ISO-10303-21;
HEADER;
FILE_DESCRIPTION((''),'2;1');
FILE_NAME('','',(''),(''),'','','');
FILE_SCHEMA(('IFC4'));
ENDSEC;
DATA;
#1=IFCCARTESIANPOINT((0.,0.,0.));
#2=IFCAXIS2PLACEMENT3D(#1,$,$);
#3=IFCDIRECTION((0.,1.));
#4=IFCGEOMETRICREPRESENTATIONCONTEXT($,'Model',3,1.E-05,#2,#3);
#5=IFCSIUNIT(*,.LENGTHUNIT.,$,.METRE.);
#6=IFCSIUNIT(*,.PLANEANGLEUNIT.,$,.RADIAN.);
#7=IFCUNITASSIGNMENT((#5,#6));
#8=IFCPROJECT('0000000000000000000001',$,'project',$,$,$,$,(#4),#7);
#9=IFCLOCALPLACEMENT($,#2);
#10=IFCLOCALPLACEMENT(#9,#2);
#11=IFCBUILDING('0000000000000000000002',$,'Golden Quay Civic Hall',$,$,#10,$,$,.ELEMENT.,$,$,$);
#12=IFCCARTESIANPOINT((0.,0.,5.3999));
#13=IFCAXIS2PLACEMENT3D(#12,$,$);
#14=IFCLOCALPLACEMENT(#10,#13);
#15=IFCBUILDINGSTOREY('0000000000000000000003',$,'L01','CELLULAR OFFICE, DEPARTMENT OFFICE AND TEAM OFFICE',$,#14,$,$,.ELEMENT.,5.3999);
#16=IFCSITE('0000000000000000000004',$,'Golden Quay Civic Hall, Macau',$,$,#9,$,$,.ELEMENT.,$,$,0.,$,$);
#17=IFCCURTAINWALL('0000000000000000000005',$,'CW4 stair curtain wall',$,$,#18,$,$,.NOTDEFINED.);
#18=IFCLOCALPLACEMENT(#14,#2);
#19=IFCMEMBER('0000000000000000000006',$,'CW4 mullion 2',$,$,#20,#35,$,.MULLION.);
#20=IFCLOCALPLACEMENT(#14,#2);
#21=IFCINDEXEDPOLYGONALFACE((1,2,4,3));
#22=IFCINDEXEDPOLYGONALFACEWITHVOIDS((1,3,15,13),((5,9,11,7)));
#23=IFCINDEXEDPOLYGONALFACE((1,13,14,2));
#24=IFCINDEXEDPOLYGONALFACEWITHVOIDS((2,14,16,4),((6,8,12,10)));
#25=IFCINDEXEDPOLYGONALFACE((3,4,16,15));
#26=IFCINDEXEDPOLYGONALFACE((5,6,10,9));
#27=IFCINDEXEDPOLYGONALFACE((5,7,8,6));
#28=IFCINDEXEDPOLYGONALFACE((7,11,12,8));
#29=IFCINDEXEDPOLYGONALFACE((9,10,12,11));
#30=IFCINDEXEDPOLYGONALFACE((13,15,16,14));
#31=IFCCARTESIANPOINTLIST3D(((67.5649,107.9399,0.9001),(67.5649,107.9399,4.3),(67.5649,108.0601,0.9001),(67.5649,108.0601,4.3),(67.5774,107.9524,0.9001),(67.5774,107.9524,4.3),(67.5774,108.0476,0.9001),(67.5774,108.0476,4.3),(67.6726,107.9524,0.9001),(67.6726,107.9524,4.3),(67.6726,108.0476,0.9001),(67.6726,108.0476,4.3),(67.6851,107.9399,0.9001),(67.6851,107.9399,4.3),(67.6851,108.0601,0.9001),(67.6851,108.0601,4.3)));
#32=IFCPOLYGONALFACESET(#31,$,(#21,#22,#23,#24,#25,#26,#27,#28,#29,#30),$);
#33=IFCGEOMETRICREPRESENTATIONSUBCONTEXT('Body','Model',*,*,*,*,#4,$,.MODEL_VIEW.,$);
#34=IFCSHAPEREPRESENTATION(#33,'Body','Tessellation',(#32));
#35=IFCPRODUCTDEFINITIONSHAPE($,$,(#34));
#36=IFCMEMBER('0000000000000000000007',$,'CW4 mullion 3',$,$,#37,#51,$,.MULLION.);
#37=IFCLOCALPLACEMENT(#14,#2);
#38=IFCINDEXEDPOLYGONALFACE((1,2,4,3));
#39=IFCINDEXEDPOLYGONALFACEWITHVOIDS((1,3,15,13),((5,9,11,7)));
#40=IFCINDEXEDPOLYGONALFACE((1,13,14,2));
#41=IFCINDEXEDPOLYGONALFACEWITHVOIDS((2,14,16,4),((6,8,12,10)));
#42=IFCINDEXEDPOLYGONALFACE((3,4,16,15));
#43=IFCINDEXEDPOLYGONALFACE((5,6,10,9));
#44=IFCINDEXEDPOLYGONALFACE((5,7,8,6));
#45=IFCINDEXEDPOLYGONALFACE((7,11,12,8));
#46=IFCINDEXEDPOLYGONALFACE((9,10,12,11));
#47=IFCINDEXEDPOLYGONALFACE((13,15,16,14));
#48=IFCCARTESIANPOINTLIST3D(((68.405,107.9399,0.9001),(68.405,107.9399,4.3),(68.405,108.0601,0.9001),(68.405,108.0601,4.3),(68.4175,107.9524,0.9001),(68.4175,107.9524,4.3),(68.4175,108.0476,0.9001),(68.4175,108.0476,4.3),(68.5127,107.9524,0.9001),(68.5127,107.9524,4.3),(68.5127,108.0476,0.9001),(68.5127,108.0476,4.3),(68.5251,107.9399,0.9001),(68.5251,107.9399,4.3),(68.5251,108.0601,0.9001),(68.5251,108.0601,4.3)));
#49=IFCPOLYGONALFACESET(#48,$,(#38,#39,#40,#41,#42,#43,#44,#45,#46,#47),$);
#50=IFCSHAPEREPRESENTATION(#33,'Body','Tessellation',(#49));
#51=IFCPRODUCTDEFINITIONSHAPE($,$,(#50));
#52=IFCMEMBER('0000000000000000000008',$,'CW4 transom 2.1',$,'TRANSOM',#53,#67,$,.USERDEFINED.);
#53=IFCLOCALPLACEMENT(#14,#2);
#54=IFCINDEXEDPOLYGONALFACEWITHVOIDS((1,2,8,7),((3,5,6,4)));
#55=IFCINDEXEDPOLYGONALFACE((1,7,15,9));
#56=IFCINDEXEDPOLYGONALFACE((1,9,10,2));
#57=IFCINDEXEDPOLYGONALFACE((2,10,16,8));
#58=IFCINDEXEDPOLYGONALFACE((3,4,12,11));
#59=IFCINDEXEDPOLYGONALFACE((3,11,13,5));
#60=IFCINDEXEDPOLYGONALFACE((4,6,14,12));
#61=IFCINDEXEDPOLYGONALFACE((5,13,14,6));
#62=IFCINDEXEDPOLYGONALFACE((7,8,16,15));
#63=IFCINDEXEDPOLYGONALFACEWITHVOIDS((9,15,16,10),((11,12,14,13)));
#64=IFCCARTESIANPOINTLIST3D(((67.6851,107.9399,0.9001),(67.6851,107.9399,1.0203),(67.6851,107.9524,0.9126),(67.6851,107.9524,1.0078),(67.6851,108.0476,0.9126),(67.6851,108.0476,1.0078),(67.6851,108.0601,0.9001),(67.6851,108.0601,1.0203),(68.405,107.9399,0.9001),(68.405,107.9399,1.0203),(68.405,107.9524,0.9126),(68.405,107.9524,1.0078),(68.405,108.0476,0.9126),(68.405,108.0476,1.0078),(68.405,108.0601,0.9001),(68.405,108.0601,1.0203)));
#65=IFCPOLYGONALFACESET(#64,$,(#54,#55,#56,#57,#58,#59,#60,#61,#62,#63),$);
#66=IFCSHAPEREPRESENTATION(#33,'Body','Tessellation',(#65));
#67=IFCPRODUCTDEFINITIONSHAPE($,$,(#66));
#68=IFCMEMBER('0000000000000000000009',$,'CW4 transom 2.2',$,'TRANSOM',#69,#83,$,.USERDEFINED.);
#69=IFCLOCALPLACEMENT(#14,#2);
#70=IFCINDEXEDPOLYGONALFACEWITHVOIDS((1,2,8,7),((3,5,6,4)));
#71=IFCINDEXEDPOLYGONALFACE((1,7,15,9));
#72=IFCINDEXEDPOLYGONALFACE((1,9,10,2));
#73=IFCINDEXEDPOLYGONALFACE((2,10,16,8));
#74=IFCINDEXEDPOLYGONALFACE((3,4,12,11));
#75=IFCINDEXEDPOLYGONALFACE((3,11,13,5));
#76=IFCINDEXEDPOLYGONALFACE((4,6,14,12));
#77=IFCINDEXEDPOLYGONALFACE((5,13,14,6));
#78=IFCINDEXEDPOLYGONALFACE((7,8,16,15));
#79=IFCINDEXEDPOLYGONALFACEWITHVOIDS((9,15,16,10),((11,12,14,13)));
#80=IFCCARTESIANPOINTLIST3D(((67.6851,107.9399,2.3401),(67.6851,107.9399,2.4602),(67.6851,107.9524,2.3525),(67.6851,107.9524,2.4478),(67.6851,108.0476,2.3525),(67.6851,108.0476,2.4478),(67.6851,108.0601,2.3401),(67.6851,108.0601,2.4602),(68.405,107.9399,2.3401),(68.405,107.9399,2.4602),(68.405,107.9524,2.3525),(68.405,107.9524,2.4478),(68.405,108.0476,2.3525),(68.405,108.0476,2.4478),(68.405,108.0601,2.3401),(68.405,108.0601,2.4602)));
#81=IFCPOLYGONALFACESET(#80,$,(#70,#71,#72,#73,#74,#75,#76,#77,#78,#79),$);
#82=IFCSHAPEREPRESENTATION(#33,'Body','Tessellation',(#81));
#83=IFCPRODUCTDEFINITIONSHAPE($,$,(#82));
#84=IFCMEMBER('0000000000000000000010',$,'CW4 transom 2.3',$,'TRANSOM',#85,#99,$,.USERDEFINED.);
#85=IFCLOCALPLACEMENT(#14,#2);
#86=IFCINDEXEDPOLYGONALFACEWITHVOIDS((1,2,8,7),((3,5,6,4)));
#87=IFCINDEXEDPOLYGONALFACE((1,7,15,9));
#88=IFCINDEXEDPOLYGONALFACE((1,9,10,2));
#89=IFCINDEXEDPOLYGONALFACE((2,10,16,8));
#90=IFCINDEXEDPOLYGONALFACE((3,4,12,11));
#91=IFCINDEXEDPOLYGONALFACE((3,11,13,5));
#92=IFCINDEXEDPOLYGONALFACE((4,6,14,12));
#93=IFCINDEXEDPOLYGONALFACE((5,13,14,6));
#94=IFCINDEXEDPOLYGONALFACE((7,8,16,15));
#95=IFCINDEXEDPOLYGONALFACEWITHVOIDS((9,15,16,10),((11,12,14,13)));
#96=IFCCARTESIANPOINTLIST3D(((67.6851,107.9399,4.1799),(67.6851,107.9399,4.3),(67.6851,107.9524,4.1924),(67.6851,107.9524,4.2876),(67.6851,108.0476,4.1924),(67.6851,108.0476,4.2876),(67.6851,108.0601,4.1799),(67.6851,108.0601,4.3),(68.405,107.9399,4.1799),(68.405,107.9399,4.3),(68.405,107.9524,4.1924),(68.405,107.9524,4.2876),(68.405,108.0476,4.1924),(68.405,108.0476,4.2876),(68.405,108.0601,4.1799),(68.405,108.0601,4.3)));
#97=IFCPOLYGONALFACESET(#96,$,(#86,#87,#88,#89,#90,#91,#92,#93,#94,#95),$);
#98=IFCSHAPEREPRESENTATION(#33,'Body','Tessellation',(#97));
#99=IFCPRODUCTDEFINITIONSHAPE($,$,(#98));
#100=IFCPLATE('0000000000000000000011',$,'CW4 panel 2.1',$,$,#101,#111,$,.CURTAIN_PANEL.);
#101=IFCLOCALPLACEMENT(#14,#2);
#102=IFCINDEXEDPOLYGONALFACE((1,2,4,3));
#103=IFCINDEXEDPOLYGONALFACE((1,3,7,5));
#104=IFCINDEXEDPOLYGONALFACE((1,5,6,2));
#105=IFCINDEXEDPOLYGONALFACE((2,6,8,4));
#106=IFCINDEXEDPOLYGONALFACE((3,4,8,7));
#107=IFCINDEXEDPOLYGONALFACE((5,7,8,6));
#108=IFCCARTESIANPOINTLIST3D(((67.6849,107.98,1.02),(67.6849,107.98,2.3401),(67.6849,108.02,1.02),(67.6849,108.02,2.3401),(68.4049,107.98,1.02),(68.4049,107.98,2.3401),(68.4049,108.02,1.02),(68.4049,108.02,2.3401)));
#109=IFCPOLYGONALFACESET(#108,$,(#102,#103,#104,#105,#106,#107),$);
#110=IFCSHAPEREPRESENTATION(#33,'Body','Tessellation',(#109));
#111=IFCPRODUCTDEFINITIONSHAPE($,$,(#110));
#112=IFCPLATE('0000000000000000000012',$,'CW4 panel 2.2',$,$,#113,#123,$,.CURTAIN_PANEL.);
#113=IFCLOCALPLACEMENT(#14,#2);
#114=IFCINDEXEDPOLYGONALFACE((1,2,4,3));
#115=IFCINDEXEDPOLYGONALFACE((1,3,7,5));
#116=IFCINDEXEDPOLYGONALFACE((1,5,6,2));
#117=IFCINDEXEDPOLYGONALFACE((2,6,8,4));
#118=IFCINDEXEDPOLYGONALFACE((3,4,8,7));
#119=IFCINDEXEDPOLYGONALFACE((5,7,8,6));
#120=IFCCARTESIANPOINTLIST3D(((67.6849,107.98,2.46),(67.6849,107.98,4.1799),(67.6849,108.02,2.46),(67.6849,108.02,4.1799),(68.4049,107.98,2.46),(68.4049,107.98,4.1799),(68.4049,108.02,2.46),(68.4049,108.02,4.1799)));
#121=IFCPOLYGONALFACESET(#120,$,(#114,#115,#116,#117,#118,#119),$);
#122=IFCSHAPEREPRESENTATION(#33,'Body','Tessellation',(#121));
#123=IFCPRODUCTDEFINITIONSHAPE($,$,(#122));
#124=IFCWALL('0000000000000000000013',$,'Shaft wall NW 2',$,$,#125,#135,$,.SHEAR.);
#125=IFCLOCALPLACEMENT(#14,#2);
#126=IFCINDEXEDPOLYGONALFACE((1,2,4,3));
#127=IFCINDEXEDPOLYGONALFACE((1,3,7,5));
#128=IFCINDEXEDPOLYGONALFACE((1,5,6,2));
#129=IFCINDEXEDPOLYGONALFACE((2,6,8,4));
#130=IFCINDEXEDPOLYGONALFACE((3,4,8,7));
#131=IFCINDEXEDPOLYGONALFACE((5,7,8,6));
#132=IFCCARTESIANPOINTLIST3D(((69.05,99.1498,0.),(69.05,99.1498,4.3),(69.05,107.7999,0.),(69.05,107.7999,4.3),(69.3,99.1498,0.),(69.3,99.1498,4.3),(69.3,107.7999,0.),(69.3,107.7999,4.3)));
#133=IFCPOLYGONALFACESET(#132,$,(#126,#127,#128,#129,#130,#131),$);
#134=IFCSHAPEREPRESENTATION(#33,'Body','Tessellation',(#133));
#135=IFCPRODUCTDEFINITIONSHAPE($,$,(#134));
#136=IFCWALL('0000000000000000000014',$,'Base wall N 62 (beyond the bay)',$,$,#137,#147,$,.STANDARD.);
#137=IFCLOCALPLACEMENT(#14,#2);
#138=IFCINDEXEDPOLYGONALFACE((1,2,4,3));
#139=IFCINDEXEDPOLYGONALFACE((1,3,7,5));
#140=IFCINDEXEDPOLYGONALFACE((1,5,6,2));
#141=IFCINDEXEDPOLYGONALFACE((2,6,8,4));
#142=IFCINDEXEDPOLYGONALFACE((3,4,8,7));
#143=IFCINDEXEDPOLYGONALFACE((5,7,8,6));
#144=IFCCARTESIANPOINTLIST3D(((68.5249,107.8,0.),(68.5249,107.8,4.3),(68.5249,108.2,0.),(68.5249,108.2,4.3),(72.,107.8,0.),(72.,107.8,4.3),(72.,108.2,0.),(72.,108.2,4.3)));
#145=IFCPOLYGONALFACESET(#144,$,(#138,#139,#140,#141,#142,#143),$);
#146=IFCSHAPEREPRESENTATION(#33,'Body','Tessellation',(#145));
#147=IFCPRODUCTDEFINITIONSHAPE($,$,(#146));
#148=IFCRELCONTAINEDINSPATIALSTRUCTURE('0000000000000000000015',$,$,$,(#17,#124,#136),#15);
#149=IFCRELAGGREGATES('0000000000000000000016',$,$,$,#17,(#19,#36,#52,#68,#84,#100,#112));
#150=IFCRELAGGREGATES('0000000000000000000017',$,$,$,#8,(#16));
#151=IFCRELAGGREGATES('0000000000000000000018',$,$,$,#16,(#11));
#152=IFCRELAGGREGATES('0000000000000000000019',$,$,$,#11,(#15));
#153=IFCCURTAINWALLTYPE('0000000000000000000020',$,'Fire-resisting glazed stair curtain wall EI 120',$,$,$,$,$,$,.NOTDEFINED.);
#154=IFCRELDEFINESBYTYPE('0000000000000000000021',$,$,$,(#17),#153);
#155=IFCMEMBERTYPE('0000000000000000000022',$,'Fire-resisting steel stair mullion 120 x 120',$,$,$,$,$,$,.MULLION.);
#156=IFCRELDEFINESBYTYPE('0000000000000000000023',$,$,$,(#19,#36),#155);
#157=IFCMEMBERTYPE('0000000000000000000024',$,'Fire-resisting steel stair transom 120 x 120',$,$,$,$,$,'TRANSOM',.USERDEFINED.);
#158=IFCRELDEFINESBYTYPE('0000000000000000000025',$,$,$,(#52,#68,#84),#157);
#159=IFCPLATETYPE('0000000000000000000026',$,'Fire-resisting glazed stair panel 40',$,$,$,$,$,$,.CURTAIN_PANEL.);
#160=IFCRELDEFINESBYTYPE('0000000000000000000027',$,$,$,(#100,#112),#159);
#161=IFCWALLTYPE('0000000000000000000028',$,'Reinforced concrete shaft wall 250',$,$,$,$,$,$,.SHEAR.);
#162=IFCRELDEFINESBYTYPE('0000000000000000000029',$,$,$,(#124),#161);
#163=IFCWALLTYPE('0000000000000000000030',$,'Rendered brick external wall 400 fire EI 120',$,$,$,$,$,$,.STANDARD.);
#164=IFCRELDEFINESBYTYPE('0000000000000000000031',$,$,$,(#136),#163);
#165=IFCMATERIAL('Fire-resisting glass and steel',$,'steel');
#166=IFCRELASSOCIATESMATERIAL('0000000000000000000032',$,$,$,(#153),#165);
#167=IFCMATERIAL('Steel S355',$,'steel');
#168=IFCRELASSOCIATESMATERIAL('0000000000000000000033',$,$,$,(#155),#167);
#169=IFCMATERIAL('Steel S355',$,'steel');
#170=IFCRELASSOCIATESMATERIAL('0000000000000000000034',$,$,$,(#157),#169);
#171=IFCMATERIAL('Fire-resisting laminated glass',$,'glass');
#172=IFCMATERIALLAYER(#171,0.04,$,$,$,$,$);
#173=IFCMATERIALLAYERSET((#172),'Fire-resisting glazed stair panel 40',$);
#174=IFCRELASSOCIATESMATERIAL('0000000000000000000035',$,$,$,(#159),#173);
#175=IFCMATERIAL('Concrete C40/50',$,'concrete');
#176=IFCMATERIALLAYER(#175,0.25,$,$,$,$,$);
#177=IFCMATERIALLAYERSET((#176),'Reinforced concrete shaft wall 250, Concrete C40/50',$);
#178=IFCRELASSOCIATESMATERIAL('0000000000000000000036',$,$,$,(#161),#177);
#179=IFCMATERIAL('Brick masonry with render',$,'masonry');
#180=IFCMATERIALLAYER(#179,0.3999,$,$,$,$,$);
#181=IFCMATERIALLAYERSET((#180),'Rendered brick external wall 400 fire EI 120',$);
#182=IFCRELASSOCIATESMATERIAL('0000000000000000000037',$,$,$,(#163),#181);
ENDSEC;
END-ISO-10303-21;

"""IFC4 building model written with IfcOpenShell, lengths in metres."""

from ifc_helpers import new_model, si_unit, direction, frame, frame_2d, origin, origin_2d, place, context, subcontext, project, spatial, rectangle, hollow_rectangle, extrude, material, layer, layer_set, material_profile, profile_set, type_object, element, aggregate, save


model = new_model("IFC4")

# Units and contexts
model_context = context("Model", 3, precision=1e-05, world=origin(), true_north=direction((0.0, 1.0)))
body_context = subcontext(model_context, "Body", "Model", "MODEL_VIEW")
ifc_project = project(units=[si_unit("LENGTHUNIT", "METRE"), si_unit("PLANEANGLEUNIT", "RADIAN")], contexts=[model_context])

# Site, building, storey
site_placement = place(None, origin())
site = spatial("IfcSite", under=ifc_project, at=site_placement, Name="Golden Quay Civic Hall, Macau", CompositionType="ELEMENT", RefElevation=0.0)
building_placement = place(site_placement, origin())
building = spatial("IfcBuilding", under=site, at=building_placement, Name="Golden Quay Civic Hall", CompositionType="ELEMENT")
storey_placement = place(building_placement, frame((0.0, 0.0, 5.3999)))
storey = spatial("IfcBuildingStorey", under=building, at=storey_placement, Name="L01", Description="CELLULAR OFFICE, DEPARTMENT OFFICE AND TEAM OFFICE", CompositionType="ELEMENT", Elevation=5.3999)

# Curtain wall, members, plates
ifc_material_1 = material(Name="Fire-resisting glass and steel", Category="steel")
curtain_wall_type = type_object("IfcCurtainWallType", Name="Fire-resisting glazed stair curtain wall EI 120", PredefinedType="NOTDEFINED", material=ifc_material_1)
curtain_wall_placement = place(storey_placement, origin())
curtain_wall = element("IfcCurtainWall", 1, at=curtain_wall_placement, inside=storey, type_object=curtain_wall_type, Name="CW4 stair curtain wall", PredefinedType="NOTDEFINED")
ifc_material_2 = material(Name="Steel S355", Category="steel")
ifc_material_profile_1 = material_profile(ifc_material_2, hollow_rectangle(XDim=0.1201, YDim=0.1201, WallThickness=0.0125, at=origin_2d()), Name="SHS 120x120x12.5")
ifc_profile_set_1 = profile_set([ifc_material_profile_1], Name="Steel S355")
member_type_1 = type_object("IfcMemberType", Name="Fire-resisting steel stair mullion 120 x 120", PredefinedType="MULLION", material=ifc_profile_set_1)
member_1_placement = place(storey_placement, frame((67.625, 108.0, 0.9001), z_axis=(0.0, 0.0, 1.0), x_axis=(0.0, 1.0, 0.0)))
member_1 = element("IfcMember", 2, at=member_1_placement, type_object=member_type_1, Name="CW4 mullion 2", PredefinedType="MULLION", context=body_context, shape_type="SweptSolid", body=[
    extrude(hollow_rectangle(XDim=0.1201, YDim=0.1201, WallThickness=0.0125, at=origin_2d()), origin(), (0.0, 0.0, 1.0), 3.3999),
])
member_2_placement = place(storey_placement, frame((68.4651, 108.0, 0.9001), z_axis=(0.0, 0.0, 1.0), x_axis=(0.0, 1.0, 0.0)))
member_2 = element("IfcMember", 3, at=member_2_placement, type_object=member_type_1, Name="CW4 mullion 3", PredefinedType="MULLION", context=body_context, shape_type="SweptSolid", body=[
    extrude(hollow_rectangle(XDim=0.1201, YDim=0.1201, WallThickness=0.0125, at=origin_2d()), origin(), (0.0, 0.0, 1.0), 3.3999),
])
ifc_material_3 = material(Name="Steel S355", Category="steel")
ifc_material_profile_2 = material_profile(ifc_material_3, hollow_rectangle(XDim=0.1201, YDim=0.1201, WallThickness=0.0125, at=origin_2d()), Name="SHS 120x120x12.5")
ifc_profile_set_2 = profile_set([ifc_material_profile_2], Name="Steel S355")
member_type_2 = type_object("IfcMemberType", Name="Fire-resisting steel stair transom 120 x 120", ElementType="TRANSOM", PredefinedType="USERDEFINED", material=ifc_profile_set_2)
member_3_placement = place(storey_placement, frame((67.6851, 108.0, 0.9602), z_axis=(1.0, 0.0, 0.0), x_axis=(0.0, 1.0, 0.0)))
member_3 = element("IfcMember", 4, at=member_3_placement, type_object=member_type_2, Name="CW4 transom 2.1", ObjectType="TRANSOM", PredefinedType="USERDEFINED", context=body_context, shape_type="SweptSolid", body=[
    extrude(hollow_rectangle(XDim=0.1201, YDim=0.1201, WallThickness=0.0125, at=origin_2d()), origin(), (0.0, 0.0, 1.0), 0.72),
])
member_4_placement = place(storey_placement, frame((67.6851, 108.0, 2.4001), z_axis=(1.0, 0.0, 0.0), x_axis=(0.0, 1.0, 0.0)))
member_4 = element("IfcMember", 5, at=member_4_placement, type_object=member_type_2, Name="CW4 transom 2.2", ObjectType="TRANSOM", PredefinedType="USERDEFINED", context=body_context, shape_type="SweptSolid", body=[
    extrude(hollow_rectangle(XDim=0.1201, YDim=0.1201, WallThickness=0.0125, at=origin_2d()), origin(), (0.0, 0.0, 1.0), 0.72),
])
member_5_placement = place(storey_placement, frame((67.6851, 108.0, 4.24), z_axis=(1.0, 0.0, 0.0), x_axis=(0.0, 1.0, 0.0)))
member_5 = element("IfcMember", 6, at=member_5_placement, type_object=member_type_2, Name="CW4 transom 2.3", ObjectType="TRANSOM", PredefinedType="USERDEFINED", context=body_context, shape_type="SweptSolid", body=[
    extrude(hollow_rectangle(XDim=0.1201, YDim=0.1201, WallThickness=0.0125, at=origin_2d()), origin(), (0.0, 0.0, 1.0), 0.72),
])
ifc_material_4 = material(Name="Fire-resisting laminated glass", Category="glass")
ifc_layer_1 = layer(ifc_material_4, 0.04)
ifc_layer_set_1 = layer_set([ifc_layer_1], Name="Fire-resisting glazed stair panel 40")
plate_type = type_object("IfcPlateType", Name="Fire-resisting glazed stair panel 40", PredefinedType="CURTAIN_PANEL", material=ifc_layer_set_1)
plate_1_placement = place(storey_placement, frame((68.0449, 108.0, 1.02), z_axis=(0.0, 0.0, 1.0), x_axis=(1.0, 0.0, 0.0)))
plate_1 = element("IfcPlate", 7, at=plate_1_placement, type_object=plate_type, Name="CW4 panel 2.1", PredefinedType="CURTAIN_PANEL", context=body_context, shape_type="SweptSolid", body=[
    extrude(rectangle(XDim=0.72, YDim=0.04, at=origin_2d()), origin(), (0.0, 0.0, 1.0), 1.3201),
])
plate_2_placement = place(storey_placement, frame((68.0449, 108.0, 2.46), z_axis=(0.0, 0.0, 1.0), x_axis=(1.0, 0.0, 0.0)))
plate_2 = element("IfcPlate", 8, at=plate_2_placement, type_object=plate_type, Name="CW4 panel 2.2", PredefinedType="CURTAIN_PANEL", context=body_context, shape_type="SweptSolid", body=[
    extrude(rectangle(XDim=0.72, YDim=0.04, at=origin_2d()), origin(), (0.0, 0.0, 1.0), 1.72),
])
aggregate(curtain_wall, [member_1, member_2, member_3, member_4, member_5, plate_1, plate_2])

# Walls
ifc_material_5 = material(Name="Concrete C40/50", Category="concrete")
ifc_layer_2 = layer(ifc_material_5, 0.25)
ifc_layer_set_2 = layer_set([ifc_layer_2], Name="Reinforced concrete shaft wall 250, Concrete C40/50")
wall_type_1 = type_object("IfcWallType", Name="Reinforced concrete shaft wall 250", PredefinedType="SHEAR", material=ifc_layer_set_2)
wall_1_placement = place(storey_placement, frame((69.175, 107.8, 0.0), z_axis=(0.0, 0.0, 1.0), x_axis=(0.0, -1.0, 0.0)))
element("IfcWall", 9, at=wall_1_placement, inside=storey, type_object=wall_type_1, Name="Shaft wall NW 2", PredefinedType="SHEAR", context=body_context, shape_type="SweptSolid", body=[
    extrude(rectangle(XDim=8.6501, YDim=0.25, at=frame_2d((4.3252, 0.0))), origin(), (0.0, 0.0, 1.0), 4.3),
])
ifc_material_6 = material(Name="Brick masonry with render", Category="masonry")
ifc_layer_3 = layer(ifc_material_6, 0.3999)
ifc_layer_set_3 = layer_set([ifc_layer_3], Name="Rendered brick external wall 400 fire EI 120")
wall_type_2 = type_object("IfcWallType", Name="Rendered brick external wall 400 fire EI 120", PredefinedType="STANDARD", material=ifc_layer_set_3)
wall_2_placement = place(storey_placement, frame((68.5249, 108.0, 0.0), z_axis=(0.0, 0.0, 1.0), x_axis=(1.0, 0.0, 0.0)))
element("IfcWall", 10, at=wall_2_placement, inside=storey, type_object=wall_type_2, Name="Base wall N 62 (beyond the bay)", PredefinedType="STANDARD", context=body_context, shape_type="SweptSolid", body=[
    extrude(rectangle(XDim=3.4751, YDim=0.3999, at=frame_2d((1.7375, 0.0))), origin(), (0.0, 0.0, 1.0), 4.3),
])

save(model, "model.ifc")
